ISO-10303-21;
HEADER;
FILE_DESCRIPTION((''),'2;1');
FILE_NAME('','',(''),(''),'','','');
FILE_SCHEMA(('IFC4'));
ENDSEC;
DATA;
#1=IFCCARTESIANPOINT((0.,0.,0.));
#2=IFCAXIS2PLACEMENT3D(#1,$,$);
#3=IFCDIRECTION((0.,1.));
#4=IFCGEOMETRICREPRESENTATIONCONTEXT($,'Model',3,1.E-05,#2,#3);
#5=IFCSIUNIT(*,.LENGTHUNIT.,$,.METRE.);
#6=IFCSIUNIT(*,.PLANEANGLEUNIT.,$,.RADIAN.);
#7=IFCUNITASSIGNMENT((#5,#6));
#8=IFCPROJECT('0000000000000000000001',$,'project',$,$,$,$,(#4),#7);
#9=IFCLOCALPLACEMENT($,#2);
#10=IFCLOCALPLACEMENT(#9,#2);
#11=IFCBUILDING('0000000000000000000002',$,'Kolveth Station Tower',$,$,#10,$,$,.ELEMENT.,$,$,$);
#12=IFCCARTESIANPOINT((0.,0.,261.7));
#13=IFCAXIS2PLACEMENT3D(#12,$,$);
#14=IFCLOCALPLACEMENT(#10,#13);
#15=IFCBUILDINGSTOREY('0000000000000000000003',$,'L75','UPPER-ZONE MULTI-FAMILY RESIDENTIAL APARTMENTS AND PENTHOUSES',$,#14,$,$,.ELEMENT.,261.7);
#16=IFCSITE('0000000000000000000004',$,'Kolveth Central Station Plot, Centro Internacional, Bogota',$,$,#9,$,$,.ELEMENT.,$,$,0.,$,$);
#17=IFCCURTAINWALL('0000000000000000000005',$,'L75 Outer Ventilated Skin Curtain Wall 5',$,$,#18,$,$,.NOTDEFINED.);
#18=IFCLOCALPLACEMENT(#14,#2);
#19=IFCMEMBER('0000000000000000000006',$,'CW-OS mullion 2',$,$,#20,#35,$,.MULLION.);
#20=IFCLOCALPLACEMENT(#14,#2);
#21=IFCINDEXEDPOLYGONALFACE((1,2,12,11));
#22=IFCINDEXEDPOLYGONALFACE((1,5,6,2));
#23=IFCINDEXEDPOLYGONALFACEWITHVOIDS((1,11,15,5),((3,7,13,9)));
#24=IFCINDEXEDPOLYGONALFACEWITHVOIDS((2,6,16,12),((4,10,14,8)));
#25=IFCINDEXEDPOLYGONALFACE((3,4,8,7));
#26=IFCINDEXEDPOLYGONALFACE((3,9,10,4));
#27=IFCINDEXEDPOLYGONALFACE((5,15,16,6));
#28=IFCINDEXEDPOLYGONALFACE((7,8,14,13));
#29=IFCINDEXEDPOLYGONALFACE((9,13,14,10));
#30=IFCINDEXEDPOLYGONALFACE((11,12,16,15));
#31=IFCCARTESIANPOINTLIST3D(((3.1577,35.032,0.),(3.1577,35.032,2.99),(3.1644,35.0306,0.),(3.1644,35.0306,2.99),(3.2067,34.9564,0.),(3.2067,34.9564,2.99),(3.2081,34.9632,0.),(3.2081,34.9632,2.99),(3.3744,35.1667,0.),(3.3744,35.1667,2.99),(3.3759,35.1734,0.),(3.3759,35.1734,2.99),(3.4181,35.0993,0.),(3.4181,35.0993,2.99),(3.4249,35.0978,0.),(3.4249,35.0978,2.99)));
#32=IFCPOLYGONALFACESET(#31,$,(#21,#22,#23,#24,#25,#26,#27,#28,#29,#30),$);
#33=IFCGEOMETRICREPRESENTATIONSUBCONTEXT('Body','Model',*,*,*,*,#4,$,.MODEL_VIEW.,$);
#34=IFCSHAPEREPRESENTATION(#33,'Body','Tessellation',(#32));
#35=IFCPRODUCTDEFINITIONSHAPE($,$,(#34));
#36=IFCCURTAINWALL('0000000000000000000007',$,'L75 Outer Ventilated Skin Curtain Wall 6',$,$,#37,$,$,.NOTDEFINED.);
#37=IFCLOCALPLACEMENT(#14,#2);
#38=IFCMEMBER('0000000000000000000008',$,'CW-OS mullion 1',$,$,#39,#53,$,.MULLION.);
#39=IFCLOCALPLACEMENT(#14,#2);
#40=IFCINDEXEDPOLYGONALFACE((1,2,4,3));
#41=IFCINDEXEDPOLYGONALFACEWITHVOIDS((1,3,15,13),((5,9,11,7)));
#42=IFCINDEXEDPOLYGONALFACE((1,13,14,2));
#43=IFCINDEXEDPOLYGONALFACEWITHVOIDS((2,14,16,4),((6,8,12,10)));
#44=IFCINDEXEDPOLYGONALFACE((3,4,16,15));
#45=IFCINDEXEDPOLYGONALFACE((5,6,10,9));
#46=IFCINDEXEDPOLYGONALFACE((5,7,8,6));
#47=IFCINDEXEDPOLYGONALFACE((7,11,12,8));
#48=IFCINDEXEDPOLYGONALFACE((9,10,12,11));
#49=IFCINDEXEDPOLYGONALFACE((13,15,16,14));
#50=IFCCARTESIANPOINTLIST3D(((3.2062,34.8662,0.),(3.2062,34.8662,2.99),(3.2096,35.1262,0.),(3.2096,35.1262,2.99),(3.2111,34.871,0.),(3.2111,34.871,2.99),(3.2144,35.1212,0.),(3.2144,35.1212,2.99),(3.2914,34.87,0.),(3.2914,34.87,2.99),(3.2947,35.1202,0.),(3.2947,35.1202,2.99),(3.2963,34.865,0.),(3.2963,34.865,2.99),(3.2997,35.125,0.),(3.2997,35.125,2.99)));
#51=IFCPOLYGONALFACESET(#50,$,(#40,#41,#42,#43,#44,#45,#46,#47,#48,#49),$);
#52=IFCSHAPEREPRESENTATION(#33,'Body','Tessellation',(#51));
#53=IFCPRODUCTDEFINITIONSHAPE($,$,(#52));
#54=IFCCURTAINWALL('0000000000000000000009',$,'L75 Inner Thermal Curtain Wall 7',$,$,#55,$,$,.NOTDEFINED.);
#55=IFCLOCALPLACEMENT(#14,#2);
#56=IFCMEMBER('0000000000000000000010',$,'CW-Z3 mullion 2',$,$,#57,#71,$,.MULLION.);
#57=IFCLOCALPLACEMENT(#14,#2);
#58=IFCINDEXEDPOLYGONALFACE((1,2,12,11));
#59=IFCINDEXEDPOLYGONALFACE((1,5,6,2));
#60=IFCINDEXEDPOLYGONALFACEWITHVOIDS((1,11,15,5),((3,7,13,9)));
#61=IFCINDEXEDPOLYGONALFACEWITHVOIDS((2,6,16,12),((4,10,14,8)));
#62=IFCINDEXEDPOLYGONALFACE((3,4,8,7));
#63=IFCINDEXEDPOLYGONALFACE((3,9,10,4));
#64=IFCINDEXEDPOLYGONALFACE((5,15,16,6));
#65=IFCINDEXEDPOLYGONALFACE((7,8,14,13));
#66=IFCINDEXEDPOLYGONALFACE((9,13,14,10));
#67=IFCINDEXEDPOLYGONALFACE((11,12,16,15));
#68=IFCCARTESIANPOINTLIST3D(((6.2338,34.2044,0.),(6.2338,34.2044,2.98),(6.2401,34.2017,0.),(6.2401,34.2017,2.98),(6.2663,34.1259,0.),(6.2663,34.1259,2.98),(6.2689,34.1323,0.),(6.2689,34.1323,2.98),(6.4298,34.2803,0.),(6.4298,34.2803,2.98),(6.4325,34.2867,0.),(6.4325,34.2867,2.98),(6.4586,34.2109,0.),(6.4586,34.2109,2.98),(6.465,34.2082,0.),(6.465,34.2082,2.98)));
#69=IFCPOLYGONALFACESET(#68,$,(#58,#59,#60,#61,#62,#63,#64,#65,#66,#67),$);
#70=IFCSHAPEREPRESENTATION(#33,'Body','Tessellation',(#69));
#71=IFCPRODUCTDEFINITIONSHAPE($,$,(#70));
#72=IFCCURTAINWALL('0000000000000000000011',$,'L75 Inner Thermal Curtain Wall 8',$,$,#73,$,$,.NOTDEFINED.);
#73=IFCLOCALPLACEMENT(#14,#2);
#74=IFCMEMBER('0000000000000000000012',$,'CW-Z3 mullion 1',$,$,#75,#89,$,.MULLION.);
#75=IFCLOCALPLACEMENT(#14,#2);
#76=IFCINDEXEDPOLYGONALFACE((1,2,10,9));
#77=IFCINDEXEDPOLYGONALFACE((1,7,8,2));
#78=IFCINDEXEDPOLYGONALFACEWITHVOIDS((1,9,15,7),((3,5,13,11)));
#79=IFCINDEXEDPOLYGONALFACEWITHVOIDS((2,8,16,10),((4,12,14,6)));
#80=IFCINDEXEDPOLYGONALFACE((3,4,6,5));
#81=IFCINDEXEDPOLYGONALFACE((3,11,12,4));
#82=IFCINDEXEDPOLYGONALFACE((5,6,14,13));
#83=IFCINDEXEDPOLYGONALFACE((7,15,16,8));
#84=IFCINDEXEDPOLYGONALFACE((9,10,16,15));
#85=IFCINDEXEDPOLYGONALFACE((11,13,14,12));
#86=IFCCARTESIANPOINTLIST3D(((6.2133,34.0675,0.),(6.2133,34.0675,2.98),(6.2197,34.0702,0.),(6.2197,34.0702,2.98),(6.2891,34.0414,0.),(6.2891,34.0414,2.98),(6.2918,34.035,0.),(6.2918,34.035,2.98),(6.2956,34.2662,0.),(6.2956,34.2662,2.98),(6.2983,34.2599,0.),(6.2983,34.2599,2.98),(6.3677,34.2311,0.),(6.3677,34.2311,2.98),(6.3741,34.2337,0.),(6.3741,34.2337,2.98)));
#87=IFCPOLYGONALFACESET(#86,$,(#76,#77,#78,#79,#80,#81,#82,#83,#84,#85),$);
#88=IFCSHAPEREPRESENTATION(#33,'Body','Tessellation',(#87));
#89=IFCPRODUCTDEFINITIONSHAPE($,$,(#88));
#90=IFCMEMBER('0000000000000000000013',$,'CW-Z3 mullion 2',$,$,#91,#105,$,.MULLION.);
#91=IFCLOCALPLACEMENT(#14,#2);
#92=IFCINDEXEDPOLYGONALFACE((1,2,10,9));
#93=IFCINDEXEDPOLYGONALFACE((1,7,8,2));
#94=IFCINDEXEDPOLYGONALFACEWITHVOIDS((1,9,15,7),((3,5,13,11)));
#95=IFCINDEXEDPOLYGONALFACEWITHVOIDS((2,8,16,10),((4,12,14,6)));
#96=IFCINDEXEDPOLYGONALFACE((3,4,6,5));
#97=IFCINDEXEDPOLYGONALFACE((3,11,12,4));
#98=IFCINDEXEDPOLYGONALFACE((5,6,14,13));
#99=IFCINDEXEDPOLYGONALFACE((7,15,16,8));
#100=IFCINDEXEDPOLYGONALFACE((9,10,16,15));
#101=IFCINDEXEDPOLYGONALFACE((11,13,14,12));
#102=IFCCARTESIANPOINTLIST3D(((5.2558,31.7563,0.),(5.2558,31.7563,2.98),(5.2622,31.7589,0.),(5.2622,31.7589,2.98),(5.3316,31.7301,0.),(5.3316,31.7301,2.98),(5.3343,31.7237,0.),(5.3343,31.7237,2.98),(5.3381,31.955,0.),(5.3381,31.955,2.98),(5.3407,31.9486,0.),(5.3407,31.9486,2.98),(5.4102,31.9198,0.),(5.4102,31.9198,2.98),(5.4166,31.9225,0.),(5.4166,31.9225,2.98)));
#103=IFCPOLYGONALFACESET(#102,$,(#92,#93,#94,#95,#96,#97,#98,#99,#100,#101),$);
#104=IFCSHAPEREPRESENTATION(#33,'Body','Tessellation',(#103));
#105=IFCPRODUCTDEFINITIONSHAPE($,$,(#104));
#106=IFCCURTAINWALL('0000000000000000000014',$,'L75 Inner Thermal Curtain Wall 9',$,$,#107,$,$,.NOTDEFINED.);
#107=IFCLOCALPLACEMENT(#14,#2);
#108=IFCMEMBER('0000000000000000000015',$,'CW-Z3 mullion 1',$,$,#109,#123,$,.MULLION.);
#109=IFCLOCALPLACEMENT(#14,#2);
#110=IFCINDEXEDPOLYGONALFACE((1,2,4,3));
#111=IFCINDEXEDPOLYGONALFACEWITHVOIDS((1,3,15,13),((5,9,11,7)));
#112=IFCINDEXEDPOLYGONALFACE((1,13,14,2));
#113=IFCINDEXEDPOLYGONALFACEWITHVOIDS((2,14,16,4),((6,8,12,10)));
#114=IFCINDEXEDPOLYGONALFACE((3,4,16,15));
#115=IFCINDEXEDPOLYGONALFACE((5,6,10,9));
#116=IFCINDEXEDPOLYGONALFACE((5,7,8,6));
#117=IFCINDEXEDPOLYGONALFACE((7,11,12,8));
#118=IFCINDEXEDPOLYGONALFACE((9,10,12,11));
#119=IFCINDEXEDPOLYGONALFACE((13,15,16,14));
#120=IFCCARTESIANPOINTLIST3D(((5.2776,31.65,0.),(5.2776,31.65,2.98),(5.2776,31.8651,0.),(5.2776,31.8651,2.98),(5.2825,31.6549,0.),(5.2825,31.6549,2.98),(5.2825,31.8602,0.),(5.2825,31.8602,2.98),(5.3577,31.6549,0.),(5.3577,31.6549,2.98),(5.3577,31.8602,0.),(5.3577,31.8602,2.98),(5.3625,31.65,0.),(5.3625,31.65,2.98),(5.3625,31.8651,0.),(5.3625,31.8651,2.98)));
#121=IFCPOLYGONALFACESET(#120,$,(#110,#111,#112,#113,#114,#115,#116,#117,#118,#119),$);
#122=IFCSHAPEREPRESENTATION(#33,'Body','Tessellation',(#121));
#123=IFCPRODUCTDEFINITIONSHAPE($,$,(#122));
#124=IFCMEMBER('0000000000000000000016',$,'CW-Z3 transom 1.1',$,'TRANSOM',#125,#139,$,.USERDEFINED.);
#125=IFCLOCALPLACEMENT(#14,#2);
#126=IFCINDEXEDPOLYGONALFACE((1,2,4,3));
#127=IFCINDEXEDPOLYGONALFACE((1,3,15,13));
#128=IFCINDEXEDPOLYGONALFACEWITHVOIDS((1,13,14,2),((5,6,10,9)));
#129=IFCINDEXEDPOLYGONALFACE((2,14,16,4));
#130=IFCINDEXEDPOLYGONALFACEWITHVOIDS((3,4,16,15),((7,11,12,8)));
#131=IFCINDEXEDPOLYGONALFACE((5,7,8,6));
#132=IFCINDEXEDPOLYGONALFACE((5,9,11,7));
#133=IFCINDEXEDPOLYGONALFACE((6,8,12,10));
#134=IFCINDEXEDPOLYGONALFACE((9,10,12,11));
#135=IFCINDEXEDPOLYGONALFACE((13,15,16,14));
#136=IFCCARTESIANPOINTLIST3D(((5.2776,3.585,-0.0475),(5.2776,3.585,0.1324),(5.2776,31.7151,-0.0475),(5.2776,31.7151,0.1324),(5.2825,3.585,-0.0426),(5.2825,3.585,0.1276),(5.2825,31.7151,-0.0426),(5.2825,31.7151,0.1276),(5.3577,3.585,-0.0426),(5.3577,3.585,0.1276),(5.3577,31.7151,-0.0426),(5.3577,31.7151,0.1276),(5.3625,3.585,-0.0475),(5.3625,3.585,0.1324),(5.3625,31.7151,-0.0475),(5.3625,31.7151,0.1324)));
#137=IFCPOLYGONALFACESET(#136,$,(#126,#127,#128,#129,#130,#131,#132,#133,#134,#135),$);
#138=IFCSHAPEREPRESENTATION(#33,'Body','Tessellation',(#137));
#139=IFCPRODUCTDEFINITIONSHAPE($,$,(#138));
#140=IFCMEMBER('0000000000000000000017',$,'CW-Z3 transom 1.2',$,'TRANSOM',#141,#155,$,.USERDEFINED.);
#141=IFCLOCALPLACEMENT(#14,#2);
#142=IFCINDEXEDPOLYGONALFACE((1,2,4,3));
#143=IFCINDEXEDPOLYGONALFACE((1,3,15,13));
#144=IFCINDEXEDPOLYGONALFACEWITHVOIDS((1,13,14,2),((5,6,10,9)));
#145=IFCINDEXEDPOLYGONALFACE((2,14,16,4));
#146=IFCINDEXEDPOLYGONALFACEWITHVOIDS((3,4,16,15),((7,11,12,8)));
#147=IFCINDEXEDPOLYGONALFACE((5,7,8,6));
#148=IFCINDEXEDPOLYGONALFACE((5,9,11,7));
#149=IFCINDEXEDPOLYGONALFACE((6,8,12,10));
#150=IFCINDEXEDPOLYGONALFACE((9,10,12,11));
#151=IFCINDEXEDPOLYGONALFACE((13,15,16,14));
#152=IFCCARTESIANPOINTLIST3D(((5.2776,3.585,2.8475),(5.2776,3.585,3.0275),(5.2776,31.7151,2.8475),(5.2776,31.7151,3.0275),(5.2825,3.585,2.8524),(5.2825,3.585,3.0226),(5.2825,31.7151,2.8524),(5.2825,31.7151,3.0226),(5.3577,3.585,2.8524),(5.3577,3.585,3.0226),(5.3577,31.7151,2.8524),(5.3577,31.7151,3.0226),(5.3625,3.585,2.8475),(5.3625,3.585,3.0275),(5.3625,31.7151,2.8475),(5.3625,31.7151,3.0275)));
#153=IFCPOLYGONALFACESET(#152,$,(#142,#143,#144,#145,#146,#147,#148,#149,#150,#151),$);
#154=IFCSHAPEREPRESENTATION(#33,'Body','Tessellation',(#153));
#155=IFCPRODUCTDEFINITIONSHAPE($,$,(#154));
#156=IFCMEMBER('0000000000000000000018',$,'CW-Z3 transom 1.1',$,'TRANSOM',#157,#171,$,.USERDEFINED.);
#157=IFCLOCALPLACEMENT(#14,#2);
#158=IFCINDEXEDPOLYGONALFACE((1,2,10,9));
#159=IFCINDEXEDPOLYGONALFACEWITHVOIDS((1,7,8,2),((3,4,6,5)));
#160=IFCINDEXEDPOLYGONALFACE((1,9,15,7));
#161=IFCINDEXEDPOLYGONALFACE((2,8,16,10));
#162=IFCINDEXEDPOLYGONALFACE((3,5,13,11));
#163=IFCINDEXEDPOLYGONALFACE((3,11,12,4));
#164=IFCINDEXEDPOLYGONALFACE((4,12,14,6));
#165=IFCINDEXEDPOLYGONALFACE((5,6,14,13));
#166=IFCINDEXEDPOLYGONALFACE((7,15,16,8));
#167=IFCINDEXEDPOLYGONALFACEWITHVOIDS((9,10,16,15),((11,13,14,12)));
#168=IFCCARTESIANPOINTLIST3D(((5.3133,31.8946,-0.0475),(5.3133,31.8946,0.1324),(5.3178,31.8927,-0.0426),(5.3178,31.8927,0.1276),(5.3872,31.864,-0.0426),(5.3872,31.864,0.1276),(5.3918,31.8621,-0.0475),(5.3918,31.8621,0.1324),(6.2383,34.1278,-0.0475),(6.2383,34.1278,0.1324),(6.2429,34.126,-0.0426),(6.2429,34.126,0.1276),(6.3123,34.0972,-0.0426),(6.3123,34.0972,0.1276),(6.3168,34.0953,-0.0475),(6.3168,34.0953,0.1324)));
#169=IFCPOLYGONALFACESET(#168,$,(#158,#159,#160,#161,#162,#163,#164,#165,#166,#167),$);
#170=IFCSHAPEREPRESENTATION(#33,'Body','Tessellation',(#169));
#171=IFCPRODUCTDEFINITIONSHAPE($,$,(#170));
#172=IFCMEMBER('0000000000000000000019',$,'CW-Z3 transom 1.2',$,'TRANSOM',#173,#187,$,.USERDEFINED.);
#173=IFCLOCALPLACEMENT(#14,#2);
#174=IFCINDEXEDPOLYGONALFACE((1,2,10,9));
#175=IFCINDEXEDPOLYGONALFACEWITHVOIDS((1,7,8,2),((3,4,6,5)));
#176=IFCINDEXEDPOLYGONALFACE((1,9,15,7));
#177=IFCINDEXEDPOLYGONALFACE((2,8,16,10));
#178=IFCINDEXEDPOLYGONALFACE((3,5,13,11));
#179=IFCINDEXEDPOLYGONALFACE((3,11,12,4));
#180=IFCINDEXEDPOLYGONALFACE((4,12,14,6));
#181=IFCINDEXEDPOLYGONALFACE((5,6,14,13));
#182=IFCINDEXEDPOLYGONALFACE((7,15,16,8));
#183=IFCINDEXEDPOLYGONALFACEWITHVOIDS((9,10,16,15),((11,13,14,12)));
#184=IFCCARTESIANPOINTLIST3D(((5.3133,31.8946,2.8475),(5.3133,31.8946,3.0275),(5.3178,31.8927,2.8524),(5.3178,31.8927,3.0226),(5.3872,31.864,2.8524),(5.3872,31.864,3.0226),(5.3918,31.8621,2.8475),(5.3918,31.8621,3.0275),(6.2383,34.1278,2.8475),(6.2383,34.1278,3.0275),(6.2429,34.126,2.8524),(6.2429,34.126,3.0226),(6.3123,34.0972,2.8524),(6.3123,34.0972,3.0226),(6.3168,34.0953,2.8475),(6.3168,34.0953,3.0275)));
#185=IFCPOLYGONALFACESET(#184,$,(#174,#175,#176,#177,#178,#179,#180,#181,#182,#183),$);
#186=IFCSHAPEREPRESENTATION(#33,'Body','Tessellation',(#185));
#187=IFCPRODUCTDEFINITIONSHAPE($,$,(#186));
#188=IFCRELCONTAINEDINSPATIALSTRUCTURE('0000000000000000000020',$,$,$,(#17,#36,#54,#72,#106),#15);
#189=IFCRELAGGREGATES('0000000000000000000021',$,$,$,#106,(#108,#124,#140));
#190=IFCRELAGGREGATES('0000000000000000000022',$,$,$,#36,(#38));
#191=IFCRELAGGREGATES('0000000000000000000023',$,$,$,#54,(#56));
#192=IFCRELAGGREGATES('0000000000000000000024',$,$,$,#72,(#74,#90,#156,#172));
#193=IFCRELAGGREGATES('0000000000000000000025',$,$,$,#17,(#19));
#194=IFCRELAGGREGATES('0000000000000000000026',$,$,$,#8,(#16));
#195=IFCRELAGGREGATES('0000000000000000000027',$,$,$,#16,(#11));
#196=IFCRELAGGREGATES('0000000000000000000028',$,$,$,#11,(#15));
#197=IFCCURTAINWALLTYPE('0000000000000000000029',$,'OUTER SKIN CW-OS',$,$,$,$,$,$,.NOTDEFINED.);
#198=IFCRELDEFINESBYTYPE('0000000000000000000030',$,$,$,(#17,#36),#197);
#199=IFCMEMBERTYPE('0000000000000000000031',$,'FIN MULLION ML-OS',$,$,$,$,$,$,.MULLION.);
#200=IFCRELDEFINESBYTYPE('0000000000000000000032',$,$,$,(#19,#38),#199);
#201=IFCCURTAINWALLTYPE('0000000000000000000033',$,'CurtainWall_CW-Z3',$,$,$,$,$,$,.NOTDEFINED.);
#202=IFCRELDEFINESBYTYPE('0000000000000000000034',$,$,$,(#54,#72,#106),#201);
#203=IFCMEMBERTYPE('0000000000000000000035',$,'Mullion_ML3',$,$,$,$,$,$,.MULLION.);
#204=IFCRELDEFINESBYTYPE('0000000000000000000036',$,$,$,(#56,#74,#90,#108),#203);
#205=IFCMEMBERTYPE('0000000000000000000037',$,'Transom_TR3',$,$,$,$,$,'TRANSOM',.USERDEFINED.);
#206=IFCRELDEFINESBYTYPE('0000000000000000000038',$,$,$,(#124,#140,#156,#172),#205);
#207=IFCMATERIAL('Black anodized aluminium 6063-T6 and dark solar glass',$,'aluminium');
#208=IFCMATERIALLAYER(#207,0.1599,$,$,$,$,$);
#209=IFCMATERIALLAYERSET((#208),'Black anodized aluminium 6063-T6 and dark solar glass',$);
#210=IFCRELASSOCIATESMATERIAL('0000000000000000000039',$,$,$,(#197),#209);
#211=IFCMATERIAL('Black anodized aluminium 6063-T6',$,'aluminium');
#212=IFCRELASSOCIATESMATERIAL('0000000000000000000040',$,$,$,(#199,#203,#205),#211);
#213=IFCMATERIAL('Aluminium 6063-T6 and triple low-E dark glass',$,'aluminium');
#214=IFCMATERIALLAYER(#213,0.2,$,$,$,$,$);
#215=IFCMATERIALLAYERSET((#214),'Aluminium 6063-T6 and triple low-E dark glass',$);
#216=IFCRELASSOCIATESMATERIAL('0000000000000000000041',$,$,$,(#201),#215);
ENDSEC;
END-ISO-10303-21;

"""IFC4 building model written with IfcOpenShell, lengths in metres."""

from ifc_helpers import new_model, si_unit, direction, frame, origin, origin_2d, place, context, subcontext, project, spatial, hollow_rectangle, extrude, source, transform, mapped, material, layer, layer_set, material_profile, profile_set, type_object, element, aggregate, save


model = new_model("IFC4")

# Units and contexts
model_context = context("Model", 3, precision=1e-05, world=origin(), true_north=direction((0.0, 1.0)))
body_context = subcontext(model_context, "Body", "Model", "MODEL_VIEW")
ifc_project = project(units=[si_unit("LENGTHUNIT", "METRE"), si_unit("PLANEANGLEUNIT", "RADIAN")], contexts=[model_context])

# Site, building, storey
site_placement = place(None, origin())
site = spatial("IfcSite", under=ifc_project, at=site_placement, Name="Kolveth Central Station Plot, Centro Internacional, Bogota", CompositionType="ELEMENT", RefElevation=0.0)
building_placement = place(site_placement, origin())
building = spatial("IfcBuilding", under=site, at=building_placement, Name="Kolveth Station Tower", CompositionType="ELEMENT")
storey_placement = place(building_placement, frame((0.0, 0.0, 261.7)))
storey = spatial("IfcBuildingStorey", under=building, at=storey_placement, Name="L75", Description="UPPER-ZONE MULTI-FAMILY RESIDENTIAL APARTMENTS AND PENTHOUSES", CompositionType="ELEMENT", Elevation=261.7)

# Curtain walls, members
ifc_material_1 = material(Name="Black anodized aluminium 6063-T6 and dark solar glass", Category="aluminium")
ifc_layer_1 = layer(ifc_material_1, 0.1599)
ifc_layer_set_1 = layer_set([ifc_layer_1], Name="Black anodized aluminium 6063-T6 and dark solar glass")
curtain_wall_type_1 = type_object("IfcCurtainWallType", Name="OUTER SKIN CW-OS", PredefinedType="NOTDEFINED", material=ifc_layer_set_1)
curtain_wall_1_placement = place(storey_placement, origin())
curtain_wall_1 = element("IfcCurtainWall", 1, at=curtain_wall_1_placement, inside=storey, type_object=curtain_wall_type_1, Name="L75 Outer Ventilated Skin Curtain Wall 5", PredefinedType="NOTDEFINED")
ifc_material_2 = material(Name="Black anodized aluminium 6063-T6", Category="aluminium")
ifc_material_profile_1 = material_profile(ifc_material_2, hollow_rectangle(XDim=0.0901, YDim=0.26, WallThickness=0.0049, at=origin_2d()), Name="ALU-90x260x5")
ifc_profile_set_1 = profile_set([ifc_material_profile_1], Name="Black anodized aluminium 6063-T6")
member_type_1 = type_object("IfcMemberType", Name="FIN MULLION ML-OS", PredefinedType="MULLION", material=ifc_profile_set_1)
shared_shape_1 = source(origin(), body_context, "Body", "SweptSolid", [
    extrude(hollow_rectangle(XDim=0.0901, YDim=0.26, WallThickness=0.0049, at=origin_2d()), origin(), (0.0, 0.0, 1.0), 2.99),
])
member_1_placement = place(storey_placement, frame((3.2913, 35.0649, 0.0), z_axis=(0.0, 0.0, 1.0), x_axis=(0.543812, -0.839207, 0.0)))
member_1 = element("IfcMember", 2, at=member_1_placement, type_object=member_type_1, Name="CW-OS mullion 2", PredefinedType="MULLION", context=body_context, shape_type="MappedRepresentation", body=[
    mapped(shared_shape_1, transform((0.0, 0.0, 0.0), x_axis=(1.0, 0.0, 0.0), y_axis=(0.0, 1.0, 0.0), z_axis=(0.0, 0.0, 1.0), scale=1.0)),
])
curtain_wall_2_placement = place(storey_placement, origin())
curtain_wall_2 = element("IfcCurtainWall", 3, at=curtain_wall_2_placement, inside=storey, type_object=curtain_wall_type_1, Name="L75 Outer Ventilated Skin Curtain Wall 6", PredefinedType="NOTDEFINED")
member_2_placement = place(storey_placement, frame((3.2529, 34.9956, 0.0), z_axis=(0.0, 0.0, 1.0), x_axis=(0.999914, -0.01311, 0.0)))
member_2 = element("IfcMember", 4, at=member_2_placement, type_object=member_type_1, Name="CW-OS mullion 1", PredefinedType="MULLION", context=body_context, shape_type="MappedRepresentation", body=[
    mapped(shared_shape_1, transform((0.0, 0.0, 0.0), x_axis=(1.0, 0.0, 0.0), y_axis=(0.0, 1.0, 0.0), z_axis=(0.0, 0.0, 1.0), scale=1.0)),
])
ifc_material_3 = material(Name="Aluminium 6063-T6 and triple low-E dark glass", Category="aluminium")
ifc_layer_2 = layer(ifc_material_3, 0.2)
ifc_layer_set_2 = layer_set([ifc_layer_2], Name="Aluminium 6063-T6 and triple low-E dark glass")
curtain_wall_type_2 = type_object("IfcCurtainWallType", Name="CurtainWall_CW-Z3", PredefinedType="NOTDEFINED", material=ifc_layer_set_2)
curtain_wall_3_placement = place(storey_placement, origin())
curtain_wall_3 = element("IfcCurtainWall", 5, at=curtain_wall_3_placement, inside=storey, type_object=curtain_wall_type_2, Name="L75 Inner Thermal Curtain Wall 7", PredefinedType="NOTDEFINED")
ifc_material_profile_2 = material_profile(ifc_material_2, hollow_rectangle(XDim=0.085, YDim=0.2151, WallThickness=0.0049, at=origin_2d()), Name="ALU-85x215x5")
ifc_profile_set_2 = profile_set([ifc_material_profile_2], Name="Black anodized aluminium 6063-T6")
member_type_2 = type_object("IfcMemberType", Name="Mullion_ML3", PredefinedType="MULLION", material=ifc_profile_set_2)
shared_shape_2 = source(origin(), body_context, "Body", "SweptSolid", [
    extrude(hollow_rectangle(XDim=0.085, YDim=0.2151, WallThickness=0.0049, at=origin_2d()), origin(), (0.0, 0.0, 1.0), 2.98),
])
member_3_placement = place(storey_placement, frame((6.3494, 34.2063, 0.0), z_axis=(0.0, 0.0, 1.0), x_axis=(0.382693, -0.923875, 0.0)))
member_3 = element("IfcMember", 6, at=member_3_placement, type_object=member_type_2, Name="CW-Z3 mullion 2", PredefinedType="MULLION", context=body_context, shape_type="MappedRepresentation", body=[
    mapped(shared_shape_2, transform((0.0, 0.0, 0.0), x_axis=(1.0, 0.0, 0.0), y_axis=(0.0, 1.0, 0.0), z_axis=(0.0, 0.0, 1.0), scale=1.0)),
])

# Curtain walls, members
curtain_wall_4_placement = place(storey_placement, origin())
curtain_wall_4 = element("IfcCurtainWall", 7, at=curtain_wall_4_placement, inside=storey, type_object=curtain_wall_type_2, Name="L75 Inner Thermal Curtain Wall 8", PredefinedType="NOTDEFINED")
member_4_placement = place(storey_placement, frame((6.2937, 34.1506, 0.0), z_axis=(0.0, 0.0, 1.0), x_axis=(0.923875, -0.382693, 0.0)))
member_4 = element("IfcMember", 8, at=member_4_placement, type_object=member_type_2, Name="CW-Z3 mullion 1", PredefinedType="MULLION", context=body_context, shape_type="MappedRepresentation", body=[
    mapped(shared_shape_2, transform((0.0, 0.0, 0.0), x_axis=(1.0, 0.0, 0.0), y_axis=(0.0, 1.0, 0.0), z_axis=(0.0, 0.0, 1.0), scale=1.0)),
])
member_5_placement = place(storey_placement, frame((5.3362, 31.8394, 0.0), z_axis=(0.0, 0.0, 1.0), x_axis=(0.923875, -0.382693, 0.0)))
member_5 = element("IfcMember", 9, at=member_5_placement, type_object=member_type_2, Name="CW-Z3 mullion 2", PredefinedType="MULLION", context=body_context, shape_type="MappedRepresentation", body=[
    mapped(shared_shape_2, transform((0.0, 0.0, 0.0), x_axis=(1.0, 0.0, 0.0), y_axis=(0.0, 1.0, 0.0), z_axis=(0.0, 0.0, 1.0), scale=1.0)),
])
curtain_wall_5_placement = place(storey_placement, origin())
curtain_wall_5 = element("IfcCurtainWall", 10, at=curtain_wall_5_placement, inside=storey, type_object=curtain_wall_type_2, Name="L75 Inner Thermal Curtain Wall 9", PredefinedType="NOTDEFINED")
member_6_placement = place(storey_placement, frame((5.3201, 31.7576, 0.0), z_axis=(0.0, 0.0, 1.0), x_axis=(1.0, 0.0, 0.0)))
member_6 = element("IfcMember", 11, at=member_6_placement, type_object=member_type_2, Name="CW-Z3 mullion 1", PredefinedType="MULLION", context=body_context, shape_type="MappedRepresentation", body=[
    mapped(shared_shape_2, transform((0.0, 0.0, 0.0), x_axis=(1.0, 0.0, 0.0), y_axis=(0.0, 1.0, 0.0), z_axis=(0.0, 0.0, 1.0), scale=1.0)),
])
ifc_material_profile_3 = material_profile(ifc_material_2, hollow_rectangle(XDim=0.085, YDim=0.1799, WallThickness=0.0049, at=origin_2d()), Name="ALU-85x180x5")
ifc_profile_set_3 = profile_set([ifc_material_profile_3], Name="Black anodized aluminium 6063-T6")
member_type_3 = type_object("IfcMemberType", Name="Transom_TR3", ElementType="TRANSOM", PredefinedType="USERDEFINED", material=ifc_profile_set_3)
shared_shape_3 = source(origin(), body_context, "Body", "SweptSolid", [
    extrude(hollow_rectangle(XDim=0.085, YDim=0.1799, WallThickness=0.0049, at=origin_2d()), origin(), (0.0, 0.0, 1.0), 28.1301),
])
member_7_placement = place(storey_placement, frame((5.3201, 31.7151, 0.0425), z_axis=(0.0, -1.0, 0.0), x_axis=(1.0, 0.0, 0.0)))
member_7 = element("IfcMember", 12, at=member_7_placement, type_object=member_type_3, Name="CW-Z3 transom 1.1", ObjectType="TRANSOM", PredefinedType="USERDEFINED", context=body_context, shape_type="MappedRepresentation", body=[
    mapped(shared_shape_3, transform((0.0, 0.0, 0.0), x_axis=(1.0, 0.0, 0.0), y_axis=(0.0, 1.0, 0.0), z_axis=(0.0, 0.0, 1.0), scale=1.0)),
])
member_8_placement = place(storey_placement, frame((5.3201, 31.7151, 2.9375), z_axis=(0.0, -1.0, 0.0), x_axis=(1.0, 0.0, 0.0)))
member_8 = element("IfcMember", 13, at=member_8_placement, type_object=member_type_3, Name="CW-Z3 transom 1.2", ObjectType="TRANSOM", PredefinedType="USERDEFINED", context=body_context, shape_type="MappedRepresentation", body=[
    mapped(shared_shape_3, transform((0.0, 0.0, 0.0), x_axis=(1.0, 0.0, 0.0), y_axis=(0.0, 1.0, 0.0), z_axis=(0.0, 0.0, 1.0), scale=1.0)),
])
aggregate(curtain_wall_5, [member_6, member_7, member_8])

# Members
shared_shape_4 = source(origin(), body_context, "Body", "SweptSolid", [
    extrude(hollow_rectangle(XDim=0.085, YDim=0.1799, WallThickness=0.0049, at=origin_2d()), origin(), (0.0, 0.0, 1.0), 2.4172),
])
member_9_placement = place(storey_placement, frame((6.2776, 34.1116, 0.0425), z_axis=(-0.3827, -0.923873, 0.0), x_axis=(0.923873, -0.3827, 0.0)))
member_9 = element("IfcMember", 14, at=member_9_placement, type_object=member_type_3, Name="CW-Z3 transom 1.1", ObjectType="TRANSOM", PredefinedType="USERDEFINED", context=body_context, shape_type="MappedRepresentation", body=[
    mapped(shared_shape_4, transform((0.0, 0.0, 0.0), x_axis=(1.0, 0.0, 0.0), y_axis=(0.0, 1.0, 0.0), z_axis=(0.0, 0.0, 1.0), scale=1.0)),
])
member_10_placement = place(storey_placement, frame((6.2776, 34.1116, 2.9375), z_axis=(-0.3827, -0.923873, 0.0), x_axis=(0.923873, -0.3827, 0.0)))
member_10 = element("IfcMember", 15, at=member_10_placement, type_object=member_type_3, Name="CW-Z3 transom 1.2", ObjectType="TRANSOM", PredefinedType="USERDEFINED", context=body_context, shape_type="MappedRepresentation", body=[
    mapped(shared_shape_4, transform((0.0, 0.0, 0.0), x_axis=(1.0, 0.0, 0.0), y_axis=(0.0, 1.0, 0.0), z_axis=(0.0, 0.0, 1.0), scale=1.0)),
])
aggregate(curtain_wall_2, [member_2])

aggregate(curtain_wall_3, [member_3])
aggregate(curtain_wall_4, [member_4, member_5, member_9, member_10])
aggregate(curtain_wall_1, [member_1])

save(model, "model.ifc")
